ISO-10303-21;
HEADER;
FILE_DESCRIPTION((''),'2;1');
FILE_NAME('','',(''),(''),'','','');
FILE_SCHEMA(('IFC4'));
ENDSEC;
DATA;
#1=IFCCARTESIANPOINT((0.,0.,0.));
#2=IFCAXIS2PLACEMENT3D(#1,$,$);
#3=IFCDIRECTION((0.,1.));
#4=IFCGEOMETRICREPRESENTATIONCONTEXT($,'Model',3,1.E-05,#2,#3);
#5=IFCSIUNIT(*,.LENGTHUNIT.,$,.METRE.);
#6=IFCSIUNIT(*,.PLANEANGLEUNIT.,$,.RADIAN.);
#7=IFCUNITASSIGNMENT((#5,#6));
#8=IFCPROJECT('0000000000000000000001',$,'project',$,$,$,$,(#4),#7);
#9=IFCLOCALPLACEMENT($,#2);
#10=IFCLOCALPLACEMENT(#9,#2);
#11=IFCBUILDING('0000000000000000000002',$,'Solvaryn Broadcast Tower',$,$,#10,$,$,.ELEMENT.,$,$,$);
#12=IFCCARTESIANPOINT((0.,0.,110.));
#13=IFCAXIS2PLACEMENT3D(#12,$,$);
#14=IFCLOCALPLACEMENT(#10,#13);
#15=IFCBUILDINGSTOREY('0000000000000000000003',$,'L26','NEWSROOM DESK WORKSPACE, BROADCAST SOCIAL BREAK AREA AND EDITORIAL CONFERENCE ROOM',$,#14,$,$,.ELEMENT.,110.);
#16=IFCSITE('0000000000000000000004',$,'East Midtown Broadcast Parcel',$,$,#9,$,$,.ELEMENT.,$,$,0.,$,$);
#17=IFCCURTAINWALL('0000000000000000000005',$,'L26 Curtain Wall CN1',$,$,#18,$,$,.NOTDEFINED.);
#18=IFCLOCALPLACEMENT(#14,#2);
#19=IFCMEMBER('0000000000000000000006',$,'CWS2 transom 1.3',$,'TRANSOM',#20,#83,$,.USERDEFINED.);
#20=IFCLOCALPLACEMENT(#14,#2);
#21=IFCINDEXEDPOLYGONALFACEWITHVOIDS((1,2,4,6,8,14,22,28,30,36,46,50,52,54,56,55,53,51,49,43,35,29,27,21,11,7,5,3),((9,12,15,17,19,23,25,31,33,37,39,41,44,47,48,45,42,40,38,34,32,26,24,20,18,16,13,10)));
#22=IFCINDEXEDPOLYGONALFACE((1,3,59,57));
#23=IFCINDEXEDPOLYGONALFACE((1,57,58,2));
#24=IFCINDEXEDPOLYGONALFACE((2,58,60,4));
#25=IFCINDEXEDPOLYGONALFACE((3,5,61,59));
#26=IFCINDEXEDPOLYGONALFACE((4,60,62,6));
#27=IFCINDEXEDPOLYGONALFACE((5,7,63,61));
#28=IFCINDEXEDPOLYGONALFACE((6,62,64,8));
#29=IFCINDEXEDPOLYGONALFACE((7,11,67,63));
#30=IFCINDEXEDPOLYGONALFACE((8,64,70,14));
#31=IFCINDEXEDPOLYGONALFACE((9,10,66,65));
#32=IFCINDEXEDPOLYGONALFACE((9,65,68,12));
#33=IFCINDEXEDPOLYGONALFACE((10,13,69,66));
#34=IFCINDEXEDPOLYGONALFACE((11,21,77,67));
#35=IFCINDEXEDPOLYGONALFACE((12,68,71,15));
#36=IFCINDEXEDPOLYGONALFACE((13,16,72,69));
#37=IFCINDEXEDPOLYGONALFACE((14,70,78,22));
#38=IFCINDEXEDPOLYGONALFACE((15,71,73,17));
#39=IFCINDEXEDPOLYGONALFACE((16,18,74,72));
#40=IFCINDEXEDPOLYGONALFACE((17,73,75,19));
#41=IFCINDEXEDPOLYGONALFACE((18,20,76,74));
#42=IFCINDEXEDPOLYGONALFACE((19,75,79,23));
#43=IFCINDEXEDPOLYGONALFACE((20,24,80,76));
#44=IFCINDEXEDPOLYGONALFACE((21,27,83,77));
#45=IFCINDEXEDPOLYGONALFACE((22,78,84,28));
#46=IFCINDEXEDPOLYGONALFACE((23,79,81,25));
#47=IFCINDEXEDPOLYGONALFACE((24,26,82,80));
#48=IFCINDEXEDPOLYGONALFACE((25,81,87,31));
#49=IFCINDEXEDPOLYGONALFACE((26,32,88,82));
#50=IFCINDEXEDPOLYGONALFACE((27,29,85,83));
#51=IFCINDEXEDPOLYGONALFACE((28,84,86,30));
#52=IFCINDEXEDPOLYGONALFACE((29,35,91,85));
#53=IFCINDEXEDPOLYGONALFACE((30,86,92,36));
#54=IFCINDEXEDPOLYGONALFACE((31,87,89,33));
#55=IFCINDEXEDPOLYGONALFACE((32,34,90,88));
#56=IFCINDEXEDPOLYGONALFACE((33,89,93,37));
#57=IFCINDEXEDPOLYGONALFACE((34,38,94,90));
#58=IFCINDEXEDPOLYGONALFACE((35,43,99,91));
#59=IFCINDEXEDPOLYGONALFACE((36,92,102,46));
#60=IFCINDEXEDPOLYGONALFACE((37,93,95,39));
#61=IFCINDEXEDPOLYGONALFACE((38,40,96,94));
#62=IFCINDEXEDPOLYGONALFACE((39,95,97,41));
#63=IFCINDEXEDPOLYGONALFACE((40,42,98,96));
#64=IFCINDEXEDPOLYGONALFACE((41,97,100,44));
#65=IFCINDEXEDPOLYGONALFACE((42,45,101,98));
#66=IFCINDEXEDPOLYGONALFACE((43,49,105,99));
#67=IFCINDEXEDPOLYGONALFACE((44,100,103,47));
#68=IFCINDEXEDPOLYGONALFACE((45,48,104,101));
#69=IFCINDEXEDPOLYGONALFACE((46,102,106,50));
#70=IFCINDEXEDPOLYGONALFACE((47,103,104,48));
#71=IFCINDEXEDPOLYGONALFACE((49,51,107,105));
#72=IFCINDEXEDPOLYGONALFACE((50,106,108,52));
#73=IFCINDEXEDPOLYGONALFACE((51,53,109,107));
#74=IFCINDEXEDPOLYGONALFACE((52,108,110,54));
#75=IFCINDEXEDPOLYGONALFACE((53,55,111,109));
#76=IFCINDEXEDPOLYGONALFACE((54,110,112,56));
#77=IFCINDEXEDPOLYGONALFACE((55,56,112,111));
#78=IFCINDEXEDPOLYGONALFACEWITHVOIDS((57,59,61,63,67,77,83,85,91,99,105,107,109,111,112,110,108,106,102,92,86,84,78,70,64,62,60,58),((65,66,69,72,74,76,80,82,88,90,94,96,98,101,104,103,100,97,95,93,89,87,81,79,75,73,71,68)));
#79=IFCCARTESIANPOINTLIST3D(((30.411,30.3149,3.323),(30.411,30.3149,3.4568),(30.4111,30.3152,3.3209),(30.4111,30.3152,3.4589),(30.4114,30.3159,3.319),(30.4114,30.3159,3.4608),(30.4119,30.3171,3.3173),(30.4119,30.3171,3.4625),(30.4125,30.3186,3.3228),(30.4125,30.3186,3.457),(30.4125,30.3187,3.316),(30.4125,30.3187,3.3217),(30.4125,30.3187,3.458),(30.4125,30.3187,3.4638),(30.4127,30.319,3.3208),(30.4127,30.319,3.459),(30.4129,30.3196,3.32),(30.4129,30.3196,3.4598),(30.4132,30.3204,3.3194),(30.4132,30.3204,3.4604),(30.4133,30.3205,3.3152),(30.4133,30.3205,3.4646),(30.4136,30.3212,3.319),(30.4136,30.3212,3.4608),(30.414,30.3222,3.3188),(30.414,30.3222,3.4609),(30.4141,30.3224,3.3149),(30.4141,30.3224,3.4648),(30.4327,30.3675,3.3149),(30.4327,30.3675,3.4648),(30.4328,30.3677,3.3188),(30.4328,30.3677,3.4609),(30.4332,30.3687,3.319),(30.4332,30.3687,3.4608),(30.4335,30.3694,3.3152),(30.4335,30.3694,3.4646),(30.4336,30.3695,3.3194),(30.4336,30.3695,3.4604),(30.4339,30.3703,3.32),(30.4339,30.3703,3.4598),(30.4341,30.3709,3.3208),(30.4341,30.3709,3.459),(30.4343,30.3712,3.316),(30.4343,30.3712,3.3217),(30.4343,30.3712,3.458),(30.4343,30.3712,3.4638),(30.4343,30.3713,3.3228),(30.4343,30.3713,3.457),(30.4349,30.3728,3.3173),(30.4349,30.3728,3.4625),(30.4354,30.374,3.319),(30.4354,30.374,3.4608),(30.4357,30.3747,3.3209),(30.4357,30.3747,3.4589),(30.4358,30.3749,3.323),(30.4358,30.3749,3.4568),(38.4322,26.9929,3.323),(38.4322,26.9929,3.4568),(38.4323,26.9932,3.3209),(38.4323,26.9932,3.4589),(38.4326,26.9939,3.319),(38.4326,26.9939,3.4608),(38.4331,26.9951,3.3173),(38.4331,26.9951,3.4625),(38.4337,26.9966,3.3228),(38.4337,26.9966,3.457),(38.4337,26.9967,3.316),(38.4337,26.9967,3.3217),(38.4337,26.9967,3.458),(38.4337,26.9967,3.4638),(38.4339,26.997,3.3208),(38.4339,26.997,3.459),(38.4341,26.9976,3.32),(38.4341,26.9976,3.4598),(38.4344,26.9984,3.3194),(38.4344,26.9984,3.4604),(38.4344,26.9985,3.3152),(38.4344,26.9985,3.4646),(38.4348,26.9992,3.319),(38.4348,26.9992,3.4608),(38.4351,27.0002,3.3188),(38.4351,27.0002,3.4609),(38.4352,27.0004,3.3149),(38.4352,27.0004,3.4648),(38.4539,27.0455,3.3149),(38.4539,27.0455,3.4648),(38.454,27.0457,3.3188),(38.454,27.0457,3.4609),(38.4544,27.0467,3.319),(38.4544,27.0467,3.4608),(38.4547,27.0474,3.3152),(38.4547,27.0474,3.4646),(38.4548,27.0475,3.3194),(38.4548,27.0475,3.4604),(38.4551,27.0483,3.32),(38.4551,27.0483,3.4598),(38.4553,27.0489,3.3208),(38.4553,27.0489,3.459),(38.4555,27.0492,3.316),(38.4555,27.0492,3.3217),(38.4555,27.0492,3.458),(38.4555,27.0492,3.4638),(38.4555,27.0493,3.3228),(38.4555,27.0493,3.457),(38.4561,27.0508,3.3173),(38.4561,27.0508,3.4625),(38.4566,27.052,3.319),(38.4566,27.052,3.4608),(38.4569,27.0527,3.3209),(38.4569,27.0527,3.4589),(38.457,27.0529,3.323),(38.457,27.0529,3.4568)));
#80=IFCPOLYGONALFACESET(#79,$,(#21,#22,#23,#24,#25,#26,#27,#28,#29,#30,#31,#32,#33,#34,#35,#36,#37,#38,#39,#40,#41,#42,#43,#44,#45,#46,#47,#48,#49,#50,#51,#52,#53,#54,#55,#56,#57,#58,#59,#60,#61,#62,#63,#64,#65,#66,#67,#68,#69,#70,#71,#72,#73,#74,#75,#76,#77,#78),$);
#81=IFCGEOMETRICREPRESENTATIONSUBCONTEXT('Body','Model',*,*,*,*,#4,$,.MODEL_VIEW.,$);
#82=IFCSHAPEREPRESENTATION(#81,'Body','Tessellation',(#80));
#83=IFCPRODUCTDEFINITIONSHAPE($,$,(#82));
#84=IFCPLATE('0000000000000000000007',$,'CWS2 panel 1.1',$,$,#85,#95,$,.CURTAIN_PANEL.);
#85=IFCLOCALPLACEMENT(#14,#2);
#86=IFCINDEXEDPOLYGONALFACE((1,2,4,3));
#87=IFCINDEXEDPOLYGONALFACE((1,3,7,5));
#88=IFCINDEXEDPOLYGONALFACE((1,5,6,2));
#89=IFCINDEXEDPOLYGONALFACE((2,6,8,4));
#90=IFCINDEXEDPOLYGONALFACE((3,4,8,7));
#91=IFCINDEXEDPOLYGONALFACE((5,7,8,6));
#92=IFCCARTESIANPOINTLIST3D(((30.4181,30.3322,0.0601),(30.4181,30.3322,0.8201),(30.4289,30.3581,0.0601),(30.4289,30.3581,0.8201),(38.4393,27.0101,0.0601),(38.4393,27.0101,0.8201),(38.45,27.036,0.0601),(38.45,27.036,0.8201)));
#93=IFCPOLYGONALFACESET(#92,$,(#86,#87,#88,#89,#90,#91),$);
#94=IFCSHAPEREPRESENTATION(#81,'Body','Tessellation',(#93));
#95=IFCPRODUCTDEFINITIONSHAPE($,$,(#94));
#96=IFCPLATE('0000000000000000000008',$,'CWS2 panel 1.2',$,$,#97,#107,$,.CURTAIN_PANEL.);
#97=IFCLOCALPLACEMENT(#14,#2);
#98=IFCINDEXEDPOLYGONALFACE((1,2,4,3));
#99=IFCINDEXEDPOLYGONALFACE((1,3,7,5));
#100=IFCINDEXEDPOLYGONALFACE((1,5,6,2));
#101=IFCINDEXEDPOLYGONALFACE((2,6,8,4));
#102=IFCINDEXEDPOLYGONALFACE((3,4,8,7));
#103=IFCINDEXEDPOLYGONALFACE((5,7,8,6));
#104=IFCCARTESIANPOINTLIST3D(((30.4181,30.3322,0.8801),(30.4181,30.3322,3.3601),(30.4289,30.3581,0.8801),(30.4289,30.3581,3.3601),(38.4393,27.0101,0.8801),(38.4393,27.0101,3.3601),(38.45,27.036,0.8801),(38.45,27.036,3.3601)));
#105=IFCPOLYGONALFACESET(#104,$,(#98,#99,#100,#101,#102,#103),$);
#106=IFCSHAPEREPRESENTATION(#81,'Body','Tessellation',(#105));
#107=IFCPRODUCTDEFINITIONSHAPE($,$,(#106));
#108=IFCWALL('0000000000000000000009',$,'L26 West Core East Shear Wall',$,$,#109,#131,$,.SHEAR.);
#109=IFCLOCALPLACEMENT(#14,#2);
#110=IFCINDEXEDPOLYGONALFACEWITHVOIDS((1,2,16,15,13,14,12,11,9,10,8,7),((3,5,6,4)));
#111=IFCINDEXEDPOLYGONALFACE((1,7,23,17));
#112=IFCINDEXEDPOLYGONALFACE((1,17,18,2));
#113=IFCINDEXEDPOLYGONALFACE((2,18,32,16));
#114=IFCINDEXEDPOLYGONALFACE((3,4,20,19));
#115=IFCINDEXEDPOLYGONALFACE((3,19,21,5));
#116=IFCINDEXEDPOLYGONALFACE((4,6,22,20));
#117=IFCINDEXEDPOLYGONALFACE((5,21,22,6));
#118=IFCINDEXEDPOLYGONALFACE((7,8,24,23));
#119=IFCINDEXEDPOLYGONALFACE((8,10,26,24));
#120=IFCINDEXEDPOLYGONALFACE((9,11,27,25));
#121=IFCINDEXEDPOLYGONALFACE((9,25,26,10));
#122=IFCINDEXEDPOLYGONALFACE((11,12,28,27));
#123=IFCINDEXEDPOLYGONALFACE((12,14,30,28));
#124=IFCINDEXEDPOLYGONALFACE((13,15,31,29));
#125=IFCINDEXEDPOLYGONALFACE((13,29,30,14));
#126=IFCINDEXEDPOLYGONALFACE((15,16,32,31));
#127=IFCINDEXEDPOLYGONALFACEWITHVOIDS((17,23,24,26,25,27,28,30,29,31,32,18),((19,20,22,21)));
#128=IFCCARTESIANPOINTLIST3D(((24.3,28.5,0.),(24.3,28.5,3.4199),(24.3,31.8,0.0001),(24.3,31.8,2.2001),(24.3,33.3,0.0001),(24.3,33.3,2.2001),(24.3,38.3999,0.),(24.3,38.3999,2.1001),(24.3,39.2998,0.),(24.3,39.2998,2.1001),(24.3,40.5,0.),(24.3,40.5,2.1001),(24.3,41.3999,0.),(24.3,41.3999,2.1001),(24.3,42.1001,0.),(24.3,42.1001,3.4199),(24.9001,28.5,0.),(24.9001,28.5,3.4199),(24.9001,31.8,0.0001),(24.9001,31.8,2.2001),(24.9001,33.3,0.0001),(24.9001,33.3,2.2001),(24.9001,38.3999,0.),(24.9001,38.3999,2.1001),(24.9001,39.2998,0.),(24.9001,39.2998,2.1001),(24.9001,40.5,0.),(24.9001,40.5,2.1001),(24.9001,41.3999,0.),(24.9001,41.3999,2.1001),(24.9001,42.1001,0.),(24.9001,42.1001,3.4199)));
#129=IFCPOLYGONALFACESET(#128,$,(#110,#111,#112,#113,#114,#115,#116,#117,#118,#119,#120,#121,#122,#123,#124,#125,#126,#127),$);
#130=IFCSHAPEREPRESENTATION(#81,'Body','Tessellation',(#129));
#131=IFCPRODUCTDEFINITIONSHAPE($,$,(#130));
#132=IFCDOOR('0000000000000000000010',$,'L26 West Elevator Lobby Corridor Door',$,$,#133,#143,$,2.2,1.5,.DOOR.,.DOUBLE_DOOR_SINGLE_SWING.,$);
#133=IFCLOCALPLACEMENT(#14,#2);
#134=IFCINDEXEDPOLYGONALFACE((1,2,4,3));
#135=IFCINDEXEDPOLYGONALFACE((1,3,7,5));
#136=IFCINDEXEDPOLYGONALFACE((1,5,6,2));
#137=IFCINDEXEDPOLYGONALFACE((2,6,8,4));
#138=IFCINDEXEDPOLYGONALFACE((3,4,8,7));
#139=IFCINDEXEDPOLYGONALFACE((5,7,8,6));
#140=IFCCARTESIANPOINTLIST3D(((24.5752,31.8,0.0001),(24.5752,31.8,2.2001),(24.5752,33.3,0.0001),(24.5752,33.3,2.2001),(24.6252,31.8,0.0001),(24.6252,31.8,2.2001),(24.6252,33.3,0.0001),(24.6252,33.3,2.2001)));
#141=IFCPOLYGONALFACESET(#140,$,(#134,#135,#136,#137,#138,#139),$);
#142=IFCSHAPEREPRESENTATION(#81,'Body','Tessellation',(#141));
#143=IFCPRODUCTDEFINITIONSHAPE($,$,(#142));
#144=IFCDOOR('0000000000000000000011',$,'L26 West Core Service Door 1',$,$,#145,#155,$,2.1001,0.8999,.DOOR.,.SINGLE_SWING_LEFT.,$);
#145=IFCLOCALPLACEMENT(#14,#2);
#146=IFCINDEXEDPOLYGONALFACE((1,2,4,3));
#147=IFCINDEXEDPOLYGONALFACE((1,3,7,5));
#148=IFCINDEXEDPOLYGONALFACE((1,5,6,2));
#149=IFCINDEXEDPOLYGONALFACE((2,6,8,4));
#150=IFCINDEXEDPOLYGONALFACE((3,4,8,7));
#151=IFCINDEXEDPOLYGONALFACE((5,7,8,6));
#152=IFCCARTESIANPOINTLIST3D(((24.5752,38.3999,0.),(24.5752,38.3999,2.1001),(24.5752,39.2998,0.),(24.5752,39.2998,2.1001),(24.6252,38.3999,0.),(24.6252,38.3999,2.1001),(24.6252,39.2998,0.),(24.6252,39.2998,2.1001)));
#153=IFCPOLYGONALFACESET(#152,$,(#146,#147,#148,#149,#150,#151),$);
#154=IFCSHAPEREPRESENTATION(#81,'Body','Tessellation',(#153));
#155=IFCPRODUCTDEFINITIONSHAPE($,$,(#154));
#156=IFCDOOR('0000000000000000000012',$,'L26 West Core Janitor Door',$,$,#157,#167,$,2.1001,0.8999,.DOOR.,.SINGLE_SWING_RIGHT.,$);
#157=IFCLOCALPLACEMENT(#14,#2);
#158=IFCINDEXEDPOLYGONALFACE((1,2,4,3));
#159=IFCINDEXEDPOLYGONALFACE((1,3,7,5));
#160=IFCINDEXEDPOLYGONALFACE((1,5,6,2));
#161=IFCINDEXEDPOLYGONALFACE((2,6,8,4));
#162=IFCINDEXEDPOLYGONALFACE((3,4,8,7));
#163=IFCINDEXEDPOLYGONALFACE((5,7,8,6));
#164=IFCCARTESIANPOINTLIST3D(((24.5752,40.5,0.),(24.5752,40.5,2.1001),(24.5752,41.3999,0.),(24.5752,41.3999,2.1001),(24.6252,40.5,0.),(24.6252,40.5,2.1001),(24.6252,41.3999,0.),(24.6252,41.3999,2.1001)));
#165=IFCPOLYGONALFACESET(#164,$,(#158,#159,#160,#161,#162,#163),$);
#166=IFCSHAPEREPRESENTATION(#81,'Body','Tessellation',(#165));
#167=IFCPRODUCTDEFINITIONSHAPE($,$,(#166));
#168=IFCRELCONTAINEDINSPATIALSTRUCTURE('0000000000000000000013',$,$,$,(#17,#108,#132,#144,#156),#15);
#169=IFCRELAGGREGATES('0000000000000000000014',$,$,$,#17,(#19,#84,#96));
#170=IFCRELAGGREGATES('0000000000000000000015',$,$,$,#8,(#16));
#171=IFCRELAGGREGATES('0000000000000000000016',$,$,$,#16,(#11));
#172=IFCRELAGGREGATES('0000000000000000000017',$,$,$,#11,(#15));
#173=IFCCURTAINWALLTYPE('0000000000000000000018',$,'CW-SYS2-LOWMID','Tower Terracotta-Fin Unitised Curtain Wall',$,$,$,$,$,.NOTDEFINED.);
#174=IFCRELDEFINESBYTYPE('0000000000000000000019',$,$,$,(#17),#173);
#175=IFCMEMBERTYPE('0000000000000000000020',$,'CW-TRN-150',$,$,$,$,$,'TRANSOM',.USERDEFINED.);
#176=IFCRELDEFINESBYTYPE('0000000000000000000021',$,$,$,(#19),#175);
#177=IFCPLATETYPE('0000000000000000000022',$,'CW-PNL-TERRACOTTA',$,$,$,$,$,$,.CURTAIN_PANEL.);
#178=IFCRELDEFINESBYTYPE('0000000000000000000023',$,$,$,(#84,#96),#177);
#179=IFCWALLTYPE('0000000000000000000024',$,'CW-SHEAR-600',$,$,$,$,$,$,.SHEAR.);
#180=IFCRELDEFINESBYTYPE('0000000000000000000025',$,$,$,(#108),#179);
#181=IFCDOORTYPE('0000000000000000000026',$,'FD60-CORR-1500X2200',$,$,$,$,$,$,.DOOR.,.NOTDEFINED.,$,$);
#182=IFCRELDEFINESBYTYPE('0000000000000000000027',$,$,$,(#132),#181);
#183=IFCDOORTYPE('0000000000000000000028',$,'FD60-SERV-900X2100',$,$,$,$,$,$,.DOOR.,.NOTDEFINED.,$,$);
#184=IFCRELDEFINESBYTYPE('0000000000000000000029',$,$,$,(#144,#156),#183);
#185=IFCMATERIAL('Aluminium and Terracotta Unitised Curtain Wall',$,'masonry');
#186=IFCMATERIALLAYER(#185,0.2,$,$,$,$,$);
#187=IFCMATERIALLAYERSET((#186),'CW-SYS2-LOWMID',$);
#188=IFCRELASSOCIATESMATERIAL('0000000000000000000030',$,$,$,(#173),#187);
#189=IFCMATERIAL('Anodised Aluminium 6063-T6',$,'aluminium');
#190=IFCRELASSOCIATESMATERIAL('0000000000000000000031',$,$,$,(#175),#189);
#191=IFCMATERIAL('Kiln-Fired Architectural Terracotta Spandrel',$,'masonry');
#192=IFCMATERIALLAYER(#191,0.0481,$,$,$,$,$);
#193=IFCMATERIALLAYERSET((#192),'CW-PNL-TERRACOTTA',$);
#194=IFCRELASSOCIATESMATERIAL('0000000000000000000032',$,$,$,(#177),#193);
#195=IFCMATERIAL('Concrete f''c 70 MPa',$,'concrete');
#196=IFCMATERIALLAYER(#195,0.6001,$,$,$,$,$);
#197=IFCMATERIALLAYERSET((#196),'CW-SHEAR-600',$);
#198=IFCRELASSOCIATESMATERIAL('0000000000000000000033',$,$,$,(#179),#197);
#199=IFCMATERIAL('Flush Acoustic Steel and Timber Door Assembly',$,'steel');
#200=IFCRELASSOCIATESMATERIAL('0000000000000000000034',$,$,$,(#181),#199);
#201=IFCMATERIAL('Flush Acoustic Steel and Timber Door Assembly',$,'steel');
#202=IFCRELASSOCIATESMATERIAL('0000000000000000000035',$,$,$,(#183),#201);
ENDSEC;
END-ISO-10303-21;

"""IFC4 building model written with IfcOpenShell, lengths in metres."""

from ifc_helpers import new_model, si_unit, direction, frame, frame_2d, origin, origin_2d, place, context, subcontext, project, spatial, rectangle, hollow_rectangle, extrude, material, layer, layer_set, material_profile, profile_set, type_object, element, fill, aggregate, save


model = new_model("IFC4")

# Units and contexts
model_context = context("Model", 3, precision=1e-05, world=origin(), true_north=direction((0.0, 1.0)))
body_context = subcontext(model_context, "Body", "Model", "MODEL_VIEW")
ifc_project = project(units=[si_unit("LENGTHUNIT", "METRE"), si_unit("PLANEANGLEUNIT", "RADIAN")], contexts=[model_context])

# Site, building, storey
site_placement = place(None, origin())
site = spatial("IfcSite", under=ifc_project, at=site_placement, Name="East Midtown Broadcast Parcel", CompositionType="ELEMENT", RefElevation=0.0)
building_placement = place(site_placement, origin())
building = spatial("IfcBuilding", under=site, at=building_placement, Name="Solvaryn Broadcast Tower", CompositionType="ELEMENT")
storey_placement = place(building_placement, frame((0.0, 0.0, 110.0)))
storey = spatial("IfcBuildingStorey", under=building, at=storey_placement, Name="L26", Description="NEWSROOM DESK WORKSPACE, BROADCAST SOCIAL BREAK AREA AND EDITORIAL CONFERENCE ROOM", CompositionType="ELEMENT", Elevation=110.0)

# Curtain wall, member, plates
ifc_material_1 = material(Name="Aluminium and Terracotta Unitised Curtain Wall", Category="masonry")
ifc_layer_1 = layer(ifc_material_1, 0.2)
ifc_layer_set_1 = layer_set([ifc_layer_1], Name="CW-SYS2-LOWMID")
curtain_wall_type = type_object("IfcCurtainWallType", Name="CW-SYS2-LOWMID", Description="Tower Terracotta-Fin Unitised Curtain Wall", PredefinedType="NOTDEFINED", material=ifc_layer_set_1)
curtain_wall_placement = place(storey_placement, origin())
curtain_wall = element("IfcCurtainWall", 1, at=curtain_wall_placement, inside=storey, type_object=curtain_wall_type, Name="L26 Curtain Wall CN1", PredefinedType="NOTDEFINED")
ifc_material_2 = material(Name="Anodised Aluminium 6063-T6", Category="aluminium")
ifc_material_profile_1 = material_profile(ifc_material_2, hollow_rectangle(XDim=0.0649, YDim=0.1499, WallThickness=0.0039, InnerFilletRadius=0.0039, OuterFilletRadius=0.0081, at=origin_2d()))
ifc_profile_set_1 = profile_set([ifc_material_profile_1], Name="Anodised Aluminium 6063-T6")
member_type_1 = type_object("IfcMemberType", Name="CW-TRN-150", ElementType="TRANSOM", PredefinedType="USERDEFINED", material=ifc_profile_set_1)
member_1_placement = place(storey_placement, frame((38.4446, 27.0229, 3.3899), z_axis=(-0.923899, 0.382636, 0.0), x_axis=(-0.382636, -0.923899, 0.0)))
member_1 = element("IfcMember", 2, at=member_1_placement, type_object=member_type_1, Name="CWS2 transom 1.3", ObjectType="TRANSOM", PredefinedType="USERDEFINED", context=body_context, shape_type="SweptSolid", body=[
    extrude(hollow_rectangle(XDim=0.0649, YDim=0.1499, WallThickness=0.0039, InnerFilletRadius=0.0039, OuterFilletRadius=0.0081, at=origin_2d()), origin(), (0.0, 0.0, 1.0), 8.6819),
])
ifc_material_3 = material(Name="Kiln-Fired Architectural Terracotta Spandrel", Category="masonry")
ifc_layer_2 = layer(ifc_material_3, 0.0481)
ifc_layer_set_2 = layer_set([ifc_layer_2], Name="CW-PNL-TERRACOTTA")
plate_type = type_object("IfcPlateType", Name="CW-PNL-TERRACOTTA", PredefinedType="CURTAIN_PANEL", material=ifc_layer_set_2)
plate_1_placement = place(storey_placement, frame((34.4341, 28.6841, 0.0601), z_axis=(0.0, 0.0, 1.0), x_axis=(-0.923895, 0.382646, 0.0)))
plate_1 = element("IfcPlate", 3, at=plate_1_placement, type_object=plate_type, Name="CWS2 panel 1.1", PredefinedType="CURTAIN_PANEL", context=body_context, shape_type="SweptSolid", body=[
    extrude(rectangle(XDim=8.6819, YDim=0.0281, at=origin_2d()), origin(), (0.0, 0.0, 1.0), 0.76),
])
plate_2_placement = place(storey_placement, frame((34.4341, 28.6841, 0.8801), z_axis=(0.0, 0.0, 1.0), x_axis=(-0.923895, 0.382646, 0.0)))
plate_2 = element("IfcPlate", 4, at=plate_2_placement, type_object=plate_type, Name="CWS2 panel 1.2", PredefinedType="CURTAIN_PANEL", context=body_context, shape_type="SweptSolid", body=[
    extrude(rectangle(XDim=8.6819, YDim=0.0281, at=origin_2d()), origin(), (0.0, 0.0, 1.0), 2.48),
])
aggregate(curtain_wall, [member_1, plate_1, plate_2])

# Wall, openings, doors
ifc_material_4 = material(Name="Concrete f'c 70 MPa", Category="concrete")
ifc_layer_3 = layer(ifc_material_4, 0.6001)
ifc_layer_set_3 = layer_set([ifc_layer_3], Name="CW-SHEAR-600")
wall_type_1 = type_object("IfcWallType", Name="CW-SHEAR-600", PredefinedType="SHEAR", material=ifc_layer_set_3)
wall_1_placement = place(storey_placement, frame((24.6001, 28.5, 0.0), z_axis=(0.0, 0.0, 1.0), x_axis=(0.0, 1.0, 0.0)))
wall_1 = element("IfcWall", 5, at=wall_1_placement, inside=storey, type_object=wall_type_1, Name="L26 West Core East Shear Wall", PredefinedType="SHEAR", context=body_context, shape_type="SweptSolid", body=[
    extrude(rectangle(XDim=13.6001, YDim=0.6001, at=frame_2d((6.8, 0.0))), origin(), (0.0, 0.0, 1.0), 3.4199),
])
opening_1_placement = place(wall_1_placement, frame((3.3, 0.0, 0.0)))
opening_1 = element("IfcOpeningElement", 6, at=opening_1_placement, cuts=wall_1, PredefinedType="OPENING", context=body_context, shape_type="SweptSolid", body=[
    extrude(rectangle(XDim=1.5, YDim=2.2, at=frame_2d((0.75, 1.1001))), frame((0.0, 0.3101, 0.0), z_axis=(0.0, -1.0, 0.0), x_axis=(1.0, 0.0, 0.0)), (0.0, 0.0, 1.0), 0.6201),
])
opening_2_placement = place(wall_1_placement, frame((9.8999, 0.0, 0.0)))
opening_2 = element("IfcOpeningElement", 7, at=opening_2_placement, cuts=wall_1, PredefinedType="OPENING", context=body_context, shape_type="SweptSolid", body=[
    extrude(rectangle(XDim=0.8999, YDim=2.1001, at=frame_2d((0.45, 1.05))), frame((0.0, 0.3101, 0.0), z_axis=(0.0, -1.0, 0.0), x_axis=(1.0, 0.0, 0.0)), (0.0, 0.0, 1.0), 0.6201),
])
opening_3_placement = place(wall_1_placement, frame((12.0, 0.0, 0.0)))
opening_3 = element("IfcOpeningElement", 8, at=opening_3_placement, cuts=wall_1, PredefinedType="OPENING", context=body_context, shape_type="SweptSolid", body=[
    extrude(rectangle(XDim=0.8999, YDim=2.1001, at=frame_2d((0.45, 1.05))), frame((0.0, 0.3101, 0.0), z_axis=(0.0, -1.0, 0.0), x_axis=(1.0, 0.0, 0.0)), (0.0, 0.0, 1.0), 0.6201),
])
ifc_material_5 = material(Name="Flush Acoustic Steel and Timber Door Assembly", Category="steel")
door_type_1 = type_object("IfcDoorType", Name="FD60-CORR-1500X2200", OperationType="NOTDEFINED", PredefinedType="DOOR", material=ifc_material_5)
door_1_placement = place(opening_1_placement, origin())
door_1 = element("IfcDoor", 9, at=door_1_placement, inside=storey, type_object=door_type_1, Name="L26 West Elevator Lobby Corridor Door", OperationType="DOUBLE_DOOR_SINGLE_SWING", OverallHeight=2.2, OverallWidth=1.5, PredefinedType="DOOR", context=body_context, shape_type="SweptSolid", body=[
    extrude(rectangle(XDim=1.5, YDim=2.2, at=frame_2d((0.75, 1.1001))), frame((0.0, 0.0249, 0.0), z_axis=(0.0, -1.0, 0.0), x_axis=(1.0, 0.0, 0.0)), (0.0, 0.0, 1.0), 0.05),
])
fill(opening_1, door_1)
ifc_material_6 = material(Name="Flush Acoustic Steel and Timber Door Assembly", Category="steel")
door_type_2 = type_object("IfcDoorType", Name="FD60-SERV-900X2100", OperationType="NOTDEFINED", PredefinedType="DOOR", material=ifc_material_6)
door_2_placement = place(opening_2_placement, origin())
door_2 = element("IfcDoor", 10, at=door_2_placement, inside=storey, type_object=door_type_2, Name="L26 West Core Service Door 1", OperationType="SINGLE_SWING_LEFT", OverallHeight=2.1001, OverallWidth=0.8999, PredefinedType="DOOR", context=body_context, shape_type="SweptSolid", body=[
    extrude(rectangle(XDim=0.8999, YDim=2.1001, at=frame_2d((0.45, 1.05))), frame((0.0, 0.0249, 0.0), z_axis=(0.0, -1.0, 0.0), x_axis=(1.0, 0.0, 0.0)), (0.0, 0.0, 1.0), 0.05),
])
fill(opening_2, door_2)
door_3_placement = place(opening_3_placement, origin())
door_3 = element("IfcDoor", 11, at=door_3_placement, inside=storey, type_object=door_type_2, Name="L26 West Core Janitor Door", OperationType="SINGLE_SWING_RIGHT", OverallHeight=2.1001, OverallWidth=0.8999, PredefinedType="DOOR", context=body_context, shape_type="SweptSolid", body=[
    extrude(rectangle(XDim=0.8999, YDim=2.1001, at=frame_2d((0.45, 1.05))), frame((0.0, 0.0249, 0.0), z_axis=(0.0, -1.0, 0.0), x_axis=(1.0, 0.0, 0.0)), (0.0, 0.0, 1.0), 0.05),
])
fill(opening_3, door_3)

save(model, "model.ifc")
